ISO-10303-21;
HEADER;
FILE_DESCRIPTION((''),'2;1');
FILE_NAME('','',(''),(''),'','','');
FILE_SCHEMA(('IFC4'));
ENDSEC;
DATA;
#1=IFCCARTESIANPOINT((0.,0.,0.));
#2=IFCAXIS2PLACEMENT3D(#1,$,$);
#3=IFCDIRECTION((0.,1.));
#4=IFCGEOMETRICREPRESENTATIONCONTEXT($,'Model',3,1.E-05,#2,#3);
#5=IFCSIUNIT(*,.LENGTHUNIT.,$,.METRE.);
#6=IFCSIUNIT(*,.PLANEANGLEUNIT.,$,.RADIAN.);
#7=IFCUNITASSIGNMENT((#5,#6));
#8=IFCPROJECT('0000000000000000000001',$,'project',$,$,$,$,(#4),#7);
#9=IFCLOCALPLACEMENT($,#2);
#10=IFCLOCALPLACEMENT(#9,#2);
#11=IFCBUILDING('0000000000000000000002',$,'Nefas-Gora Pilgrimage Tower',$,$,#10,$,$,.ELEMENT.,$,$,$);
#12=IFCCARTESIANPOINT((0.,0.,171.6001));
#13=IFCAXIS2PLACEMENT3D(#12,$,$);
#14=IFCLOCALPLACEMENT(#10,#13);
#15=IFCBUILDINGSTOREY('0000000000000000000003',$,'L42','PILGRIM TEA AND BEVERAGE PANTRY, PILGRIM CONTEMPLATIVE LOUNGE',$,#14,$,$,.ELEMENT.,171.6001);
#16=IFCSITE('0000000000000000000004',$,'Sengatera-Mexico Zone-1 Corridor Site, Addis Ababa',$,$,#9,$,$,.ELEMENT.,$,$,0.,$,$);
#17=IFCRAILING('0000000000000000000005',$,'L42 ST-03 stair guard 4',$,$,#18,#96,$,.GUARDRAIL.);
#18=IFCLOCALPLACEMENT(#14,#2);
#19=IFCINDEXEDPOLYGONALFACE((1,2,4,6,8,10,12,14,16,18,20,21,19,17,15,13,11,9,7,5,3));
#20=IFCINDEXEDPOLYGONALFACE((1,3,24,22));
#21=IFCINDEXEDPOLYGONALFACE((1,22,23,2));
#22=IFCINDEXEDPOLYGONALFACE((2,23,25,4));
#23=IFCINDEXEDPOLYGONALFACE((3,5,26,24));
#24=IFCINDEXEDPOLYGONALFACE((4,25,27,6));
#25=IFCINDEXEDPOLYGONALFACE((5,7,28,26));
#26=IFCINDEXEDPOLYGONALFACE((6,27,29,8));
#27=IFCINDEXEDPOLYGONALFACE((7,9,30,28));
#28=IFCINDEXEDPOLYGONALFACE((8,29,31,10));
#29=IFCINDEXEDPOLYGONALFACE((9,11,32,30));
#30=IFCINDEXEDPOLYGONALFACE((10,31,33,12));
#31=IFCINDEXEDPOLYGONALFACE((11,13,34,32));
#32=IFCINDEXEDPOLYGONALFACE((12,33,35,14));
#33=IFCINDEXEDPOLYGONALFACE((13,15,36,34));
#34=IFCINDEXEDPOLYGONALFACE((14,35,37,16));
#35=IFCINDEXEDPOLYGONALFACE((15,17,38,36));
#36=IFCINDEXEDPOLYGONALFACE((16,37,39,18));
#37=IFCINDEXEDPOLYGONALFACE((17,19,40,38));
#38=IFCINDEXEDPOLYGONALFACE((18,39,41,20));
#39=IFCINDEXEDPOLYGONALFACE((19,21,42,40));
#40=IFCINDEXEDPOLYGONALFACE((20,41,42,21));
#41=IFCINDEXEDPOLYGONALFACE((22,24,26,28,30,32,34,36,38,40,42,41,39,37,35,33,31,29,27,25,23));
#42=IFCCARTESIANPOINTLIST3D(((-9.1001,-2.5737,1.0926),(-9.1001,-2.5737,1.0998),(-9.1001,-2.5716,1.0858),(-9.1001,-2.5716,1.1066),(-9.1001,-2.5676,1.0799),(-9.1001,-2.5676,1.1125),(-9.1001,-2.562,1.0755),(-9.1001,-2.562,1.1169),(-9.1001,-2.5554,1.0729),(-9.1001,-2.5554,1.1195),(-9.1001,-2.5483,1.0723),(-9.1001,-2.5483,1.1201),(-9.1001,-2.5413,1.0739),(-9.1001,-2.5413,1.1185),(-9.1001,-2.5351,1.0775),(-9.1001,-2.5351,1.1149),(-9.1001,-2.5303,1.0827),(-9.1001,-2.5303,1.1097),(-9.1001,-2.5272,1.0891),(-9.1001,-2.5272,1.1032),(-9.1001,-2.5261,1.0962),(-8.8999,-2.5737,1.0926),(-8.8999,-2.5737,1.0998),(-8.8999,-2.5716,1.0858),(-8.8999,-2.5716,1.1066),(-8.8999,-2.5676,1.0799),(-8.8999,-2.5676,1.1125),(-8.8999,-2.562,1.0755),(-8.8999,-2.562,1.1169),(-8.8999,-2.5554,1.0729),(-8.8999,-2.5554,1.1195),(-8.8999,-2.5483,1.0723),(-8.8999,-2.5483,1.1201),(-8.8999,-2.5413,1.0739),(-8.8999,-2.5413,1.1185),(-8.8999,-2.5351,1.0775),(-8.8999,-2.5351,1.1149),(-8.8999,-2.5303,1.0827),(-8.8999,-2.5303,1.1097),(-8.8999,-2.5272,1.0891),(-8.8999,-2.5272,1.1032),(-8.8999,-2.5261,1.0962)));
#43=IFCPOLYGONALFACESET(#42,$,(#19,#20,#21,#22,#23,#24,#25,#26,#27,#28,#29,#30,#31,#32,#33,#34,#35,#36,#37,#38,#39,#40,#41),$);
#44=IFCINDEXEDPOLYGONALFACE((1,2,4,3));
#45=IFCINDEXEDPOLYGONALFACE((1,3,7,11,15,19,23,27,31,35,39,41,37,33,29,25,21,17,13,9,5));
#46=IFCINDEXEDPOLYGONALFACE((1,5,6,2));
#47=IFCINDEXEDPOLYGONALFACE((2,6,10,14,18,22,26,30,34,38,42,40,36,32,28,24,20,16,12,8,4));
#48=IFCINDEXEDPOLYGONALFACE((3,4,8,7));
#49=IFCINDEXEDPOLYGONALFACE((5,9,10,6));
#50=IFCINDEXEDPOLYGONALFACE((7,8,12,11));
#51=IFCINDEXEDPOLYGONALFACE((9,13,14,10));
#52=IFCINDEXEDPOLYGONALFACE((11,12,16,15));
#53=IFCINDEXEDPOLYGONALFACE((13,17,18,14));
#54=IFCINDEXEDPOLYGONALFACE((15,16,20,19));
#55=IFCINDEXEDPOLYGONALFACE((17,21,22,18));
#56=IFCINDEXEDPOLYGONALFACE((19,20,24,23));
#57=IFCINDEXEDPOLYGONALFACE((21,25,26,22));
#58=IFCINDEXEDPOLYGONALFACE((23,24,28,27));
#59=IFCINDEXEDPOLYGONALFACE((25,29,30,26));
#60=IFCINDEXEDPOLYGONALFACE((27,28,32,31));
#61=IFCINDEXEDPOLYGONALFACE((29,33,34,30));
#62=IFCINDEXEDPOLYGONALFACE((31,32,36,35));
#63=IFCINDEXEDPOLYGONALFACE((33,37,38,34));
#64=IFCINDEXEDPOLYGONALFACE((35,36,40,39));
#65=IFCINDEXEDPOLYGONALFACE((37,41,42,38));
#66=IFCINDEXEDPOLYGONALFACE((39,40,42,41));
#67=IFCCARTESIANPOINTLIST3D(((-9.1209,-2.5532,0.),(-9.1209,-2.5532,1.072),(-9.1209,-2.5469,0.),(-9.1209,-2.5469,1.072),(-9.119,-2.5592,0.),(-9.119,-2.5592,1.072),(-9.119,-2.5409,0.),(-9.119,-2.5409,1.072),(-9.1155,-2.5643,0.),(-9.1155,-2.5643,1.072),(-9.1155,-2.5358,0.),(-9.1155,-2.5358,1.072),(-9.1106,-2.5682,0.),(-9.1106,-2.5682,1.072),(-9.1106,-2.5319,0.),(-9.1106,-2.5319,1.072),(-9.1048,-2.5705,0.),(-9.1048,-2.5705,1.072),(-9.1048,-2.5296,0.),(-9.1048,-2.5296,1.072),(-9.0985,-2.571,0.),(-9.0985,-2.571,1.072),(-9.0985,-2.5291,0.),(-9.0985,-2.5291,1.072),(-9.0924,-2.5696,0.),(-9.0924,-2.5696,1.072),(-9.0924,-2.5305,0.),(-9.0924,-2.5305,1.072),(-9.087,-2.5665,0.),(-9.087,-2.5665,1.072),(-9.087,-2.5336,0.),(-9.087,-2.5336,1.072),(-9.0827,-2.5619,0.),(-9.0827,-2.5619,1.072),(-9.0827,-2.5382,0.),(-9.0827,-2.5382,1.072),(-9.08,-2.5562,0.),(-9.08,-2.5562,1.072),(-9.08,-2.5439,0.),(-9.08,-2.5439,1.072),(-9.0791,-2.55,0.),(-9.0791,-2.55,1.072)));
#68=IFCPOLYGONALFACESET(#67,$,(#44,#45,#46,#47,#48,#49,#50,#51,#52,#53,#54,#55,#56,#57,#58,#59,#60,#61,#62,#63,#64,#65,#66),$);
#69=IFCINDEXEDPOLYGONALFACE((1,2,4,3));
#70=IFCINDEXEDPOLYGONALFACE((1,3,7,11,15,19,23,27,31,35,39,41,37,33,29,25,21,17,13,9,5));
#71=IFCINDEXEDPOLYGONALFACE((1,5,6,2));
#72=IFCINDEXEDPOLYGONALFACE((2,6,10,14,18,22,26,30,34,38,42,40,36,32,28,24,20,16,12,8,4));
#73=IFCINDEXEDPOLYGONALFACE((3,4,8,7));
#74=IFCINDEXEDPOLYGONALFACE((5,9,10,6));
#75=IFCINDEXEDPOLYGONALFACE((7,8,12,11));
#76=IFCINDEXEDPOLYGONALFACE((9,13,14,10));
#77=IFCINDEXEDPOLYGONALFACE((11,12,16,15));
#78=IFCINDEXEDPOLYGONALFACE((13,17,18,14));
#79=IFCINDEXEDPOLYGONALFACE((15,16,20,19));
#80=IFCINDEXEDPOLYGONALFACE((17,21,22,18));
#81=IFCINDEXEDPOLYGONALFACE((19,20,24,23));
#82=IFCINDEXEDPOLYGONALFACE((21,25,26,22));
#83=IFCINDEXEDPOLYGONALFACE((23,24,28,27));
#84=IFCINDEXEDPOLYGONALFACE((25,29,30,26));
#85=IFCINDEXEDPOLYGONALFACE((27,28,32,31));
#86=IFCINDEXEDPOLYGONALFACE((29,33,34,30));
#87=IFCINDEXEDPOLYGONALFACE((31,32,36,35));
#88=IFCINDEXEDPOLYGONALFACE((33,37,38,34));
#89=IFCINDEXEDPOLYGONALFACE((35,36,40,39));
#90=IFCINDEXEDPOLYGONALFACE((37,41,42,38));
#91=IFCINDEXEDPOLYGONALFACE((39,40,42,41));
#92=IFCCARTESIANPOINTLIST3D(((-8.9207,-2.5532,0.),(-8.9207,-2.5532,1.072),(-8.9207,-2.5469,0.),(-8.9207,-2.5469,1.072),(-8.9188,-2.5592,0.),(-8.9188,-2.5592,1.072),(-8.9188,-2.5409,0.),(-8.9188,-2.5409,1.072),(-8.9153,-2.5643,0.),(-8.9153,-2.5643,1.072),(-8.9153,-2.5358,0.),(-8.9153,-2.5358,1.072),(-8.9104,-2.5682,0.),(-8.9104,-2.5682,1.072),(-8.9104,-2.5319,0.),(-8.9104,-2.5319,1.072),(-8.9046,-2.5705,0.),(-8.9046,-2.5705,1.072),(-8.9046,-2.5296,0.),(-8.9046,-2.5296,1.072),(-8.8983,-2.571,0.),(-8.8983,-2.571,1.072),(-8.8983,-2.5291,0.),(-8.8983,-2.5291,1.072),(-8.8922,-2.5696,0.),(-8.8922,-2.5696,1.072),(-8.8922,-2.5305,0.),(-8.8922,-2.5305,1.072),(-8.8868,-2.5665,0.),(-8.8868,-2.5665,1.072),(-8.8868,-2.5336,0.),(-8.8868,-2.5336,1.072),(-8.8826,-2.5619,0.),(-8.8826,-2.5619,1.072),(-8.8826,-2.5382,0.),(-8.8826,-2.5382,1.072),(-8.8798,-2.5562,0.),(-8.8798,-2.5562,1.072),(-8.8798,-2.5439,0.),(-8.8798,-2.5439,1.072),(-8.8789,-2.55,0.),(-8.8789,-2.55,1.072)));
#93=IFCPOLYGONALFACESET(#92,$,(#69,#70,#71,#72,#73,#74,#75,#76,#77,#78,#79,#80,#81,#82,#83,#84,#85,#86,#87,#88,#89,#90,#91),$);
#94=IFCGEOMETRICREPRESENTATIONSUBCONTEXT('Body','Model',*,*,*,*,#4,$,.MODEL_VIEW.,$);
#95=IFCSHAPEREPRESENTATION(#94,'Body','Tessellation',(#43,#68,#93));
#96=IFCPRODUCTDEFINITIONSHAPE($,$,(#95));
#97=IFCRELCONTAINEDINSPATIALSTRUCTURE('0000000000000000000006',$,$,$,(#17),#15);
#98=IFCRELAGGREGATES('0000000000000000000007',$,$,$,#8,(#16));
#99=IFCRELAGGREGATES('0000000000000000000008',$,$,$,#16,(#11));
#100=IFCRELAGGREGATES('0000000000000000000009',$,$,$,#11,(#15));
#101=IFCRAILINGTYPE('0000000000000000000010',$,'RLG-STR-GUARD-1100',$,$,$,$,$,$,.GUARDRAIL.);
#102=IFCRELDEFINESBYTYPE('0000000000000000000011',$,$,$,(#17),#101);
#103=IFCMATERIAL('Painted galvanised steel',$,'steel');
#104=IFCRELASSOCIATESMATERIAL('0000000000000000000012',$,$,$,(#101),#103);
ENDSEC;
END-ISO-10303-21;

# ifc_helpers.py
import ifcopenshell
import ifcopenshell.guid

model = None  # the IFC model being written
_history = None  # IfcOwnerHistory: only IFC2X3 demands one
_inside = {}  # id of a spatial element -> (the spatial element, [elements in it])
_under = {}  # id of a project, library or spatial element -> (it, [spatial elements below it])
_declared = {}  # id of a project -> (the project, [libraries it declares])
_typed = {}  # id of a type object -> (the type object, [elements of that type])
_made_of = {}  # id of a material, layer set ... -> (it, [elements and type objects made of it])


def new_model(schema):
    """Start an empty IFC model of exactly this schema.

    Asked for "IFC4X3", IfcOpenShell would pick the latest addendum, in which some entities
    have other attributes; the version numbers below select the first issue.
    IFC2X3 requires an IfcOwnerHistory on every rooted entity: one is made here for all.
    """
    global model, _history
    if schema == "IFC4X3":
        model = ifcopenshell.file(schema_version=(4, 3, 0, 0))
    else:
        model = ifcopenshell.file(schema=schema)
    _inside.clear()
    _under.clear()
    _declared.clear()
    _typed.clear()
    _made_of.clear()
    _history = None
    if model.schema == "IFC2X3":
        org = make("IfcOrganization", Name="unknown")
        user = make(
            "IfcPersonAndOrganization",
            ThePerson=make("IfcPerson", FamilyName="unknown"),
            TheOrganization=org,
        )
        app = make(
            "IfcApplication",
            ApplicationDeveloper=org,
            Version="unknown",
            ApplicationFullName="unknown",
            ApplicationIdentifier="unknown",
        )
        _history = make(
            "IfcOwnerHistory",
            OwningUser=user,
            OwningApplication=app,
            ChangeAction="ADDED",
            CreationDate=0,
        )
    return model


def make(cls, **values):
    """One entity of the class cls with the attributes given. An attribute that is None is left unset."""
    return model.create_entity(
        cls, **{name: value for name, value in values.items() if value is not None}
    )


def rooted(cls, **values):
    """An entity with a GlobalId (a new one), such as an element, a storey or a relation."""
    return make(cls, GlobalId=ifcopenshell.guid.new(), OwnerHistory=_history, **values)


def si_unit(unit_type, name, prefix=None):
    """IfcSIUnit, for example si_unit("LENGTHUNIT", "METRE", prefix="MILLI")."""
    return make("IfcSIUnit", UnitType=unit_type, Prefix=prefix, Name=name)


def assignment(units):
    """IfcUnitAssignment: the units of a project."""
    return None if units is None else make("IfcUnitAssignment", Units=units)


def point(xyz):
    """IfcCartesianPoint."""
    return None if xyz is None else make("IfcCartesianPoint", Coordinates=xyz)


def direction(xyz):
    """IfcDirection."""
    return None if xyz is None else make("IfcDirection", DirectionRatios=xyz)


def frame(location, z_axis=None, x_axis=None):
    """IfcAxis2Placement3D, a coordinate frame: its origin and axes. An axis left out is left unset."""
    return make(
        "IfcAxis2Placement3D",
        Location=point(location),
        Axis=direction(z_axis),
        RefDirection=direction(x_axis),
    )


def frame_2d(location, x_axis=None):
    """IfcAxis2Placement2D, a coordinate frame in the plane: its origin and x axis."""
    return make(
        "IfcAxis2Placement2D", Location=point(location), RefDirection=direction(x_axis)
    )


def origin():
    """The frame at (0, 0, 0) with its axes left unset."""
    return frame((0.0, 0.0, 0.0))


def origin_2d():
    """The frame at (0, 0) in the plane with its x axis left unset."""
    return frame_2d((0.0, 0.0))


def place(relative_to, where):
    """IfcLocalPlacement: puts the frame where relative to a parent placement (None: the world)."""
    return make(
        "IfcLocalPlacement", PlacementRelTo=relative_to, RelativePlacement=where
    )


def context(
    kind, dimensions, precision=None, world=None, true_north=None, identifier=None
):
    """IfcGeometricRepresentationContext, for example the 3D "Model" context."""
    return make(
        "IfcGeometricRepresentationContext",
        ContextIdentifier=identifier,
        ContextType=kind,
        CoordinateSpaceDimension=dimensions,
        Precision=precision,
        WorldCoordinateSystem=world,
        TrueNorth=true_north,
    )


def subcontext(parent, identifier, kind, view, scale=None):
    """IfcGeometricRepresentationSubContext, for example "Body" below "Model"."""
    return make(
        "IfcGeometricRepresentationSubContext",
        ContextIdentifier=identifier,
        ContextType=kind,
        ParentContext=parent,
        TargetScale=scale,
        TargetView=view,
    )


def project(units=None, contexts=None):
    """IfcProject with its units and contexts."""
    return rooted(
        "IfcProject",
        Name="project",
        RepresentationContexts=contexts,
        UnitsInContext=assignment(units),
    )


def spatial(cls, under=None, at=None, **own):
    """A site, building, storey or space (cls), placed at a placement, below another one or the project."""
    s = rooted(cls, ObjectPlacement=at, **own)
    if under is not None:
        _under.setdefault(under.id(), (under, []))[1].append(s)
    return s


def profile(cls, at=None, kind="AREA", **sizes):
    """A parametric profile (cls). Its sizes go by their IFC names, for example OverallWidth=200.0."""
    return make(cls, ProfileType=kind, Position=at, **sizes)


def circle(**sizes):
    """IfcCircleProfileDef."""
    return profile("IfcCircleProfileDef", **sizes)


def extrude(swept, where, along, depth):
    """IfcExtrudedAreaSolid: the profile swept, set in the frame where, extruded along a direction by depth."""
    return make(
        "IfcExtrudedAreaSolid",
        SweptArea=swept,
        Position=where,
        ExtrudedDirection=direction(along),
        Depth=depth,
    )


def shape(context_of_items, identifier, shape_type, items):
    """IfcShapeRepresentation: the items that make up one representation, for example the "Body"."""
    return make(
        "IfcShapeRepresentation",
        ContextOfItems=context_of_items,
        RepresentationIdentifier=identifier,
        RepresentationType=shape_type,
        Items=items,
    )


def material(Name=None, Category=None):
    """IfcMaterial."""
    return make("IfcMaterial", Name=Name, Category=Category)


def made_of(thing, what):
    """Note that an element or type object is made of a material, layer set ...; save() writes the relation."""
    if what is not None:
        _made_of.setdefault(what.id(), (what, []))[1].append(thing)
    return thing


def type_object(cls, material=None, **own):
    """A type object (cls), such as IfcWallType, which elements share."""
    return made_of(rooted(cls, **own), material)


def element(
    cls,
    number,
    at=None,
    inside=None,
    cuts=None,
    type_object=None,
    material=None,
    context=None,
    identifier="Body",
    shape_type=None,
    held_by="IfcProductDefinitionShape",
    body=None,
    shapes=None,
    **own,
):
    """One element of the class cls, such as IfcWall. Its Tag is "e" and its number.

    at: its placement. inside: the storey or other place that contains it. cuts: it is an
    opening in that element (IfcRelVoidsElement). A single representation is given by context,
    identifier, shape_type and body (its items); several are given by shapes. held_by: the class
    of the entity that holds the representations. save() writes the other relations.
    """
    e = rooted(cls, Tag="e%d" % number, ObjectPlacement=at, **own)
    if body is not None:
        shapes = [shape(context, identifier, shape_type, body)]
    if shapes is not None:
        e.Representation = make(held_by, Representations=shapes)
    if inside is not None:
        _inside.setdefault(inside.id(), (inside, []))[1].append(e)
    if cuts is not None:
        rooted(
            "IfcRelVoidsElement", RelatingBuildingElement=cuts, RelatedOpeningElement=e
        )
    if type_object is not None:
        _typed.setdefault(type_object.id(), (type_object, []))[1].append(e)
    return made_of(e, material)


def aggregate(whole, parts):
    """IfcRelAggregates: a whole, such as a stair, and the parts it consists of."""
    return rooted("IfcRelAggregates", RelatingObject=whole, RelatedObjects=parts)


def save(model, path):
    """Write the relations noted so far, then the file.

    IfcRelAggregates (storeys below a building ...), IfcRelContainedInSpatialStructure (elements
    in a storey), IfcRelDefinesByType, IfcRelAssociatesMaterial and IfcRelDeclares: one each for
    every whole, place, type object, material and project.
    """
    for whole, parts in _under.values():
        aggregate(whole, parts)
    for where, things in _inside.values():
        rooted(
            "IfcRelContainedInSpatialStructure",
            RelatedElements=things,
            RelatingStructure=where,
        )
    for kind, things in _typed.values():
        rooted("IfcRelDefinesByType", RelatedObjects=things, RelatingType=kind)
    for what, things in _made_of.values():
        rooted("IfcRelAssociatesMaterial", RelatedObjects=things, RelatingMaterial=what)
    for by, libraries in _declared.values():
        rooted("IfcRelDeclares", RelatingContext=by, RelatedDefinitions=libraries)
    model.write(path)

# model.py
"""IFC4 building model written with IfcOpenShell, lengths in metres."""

from ifc_helpers import new_model, si_unit, direction, frame, origin, origin_2d, place, context, subcontext, project, spatial, circle, extrude, material, type_object, element, save


model = new_model("IFC4")

# Units and contexts
model_context = context("Model", 3, precision=1e-05, world=origin(), true_north=direction((0.0, 1.0)))
body_context = subcontext(model_context, "Body", "Model", "MODEL_VIEW")
ifc_project = project(units=[si_unit("LENGTHUNIT", "METRE"), si_unit("PLANEANGLEUNIT", "RADIAN")], contexts=[model_context])

# Site, building, storey
site_placement = place(None, origin())
site = spatial("IfcSite", under=ifc_project, at=site_placement, Name="Sengatera-Mexico Zone-1 Corridor Site, Addis Ababa", CompositionType="ELEMENT", RefElevation=0.0)
building_placement = place(site_placement, origin())
building = spatial("IfcBuilding", under=site, at=building_placement, Name="Nefas-Gora Pilgrimage Tower", CompositionType="ELEMENT")
storey_placement = place(building_placement, frame((0.0, 0.0, 171.6001)))
storey = spatial("IfcBuildingStorey", under=building, at=storey_placement, Name="L42", Description="PILGRIM TEA AND BEVERAGE PANTRY, PILGRIM CONTEMPLATIVE LOUNGE", CompositionType="ELEMENT", Elevation=171.6001)

# Railing
ifc_material_1 = material(Name="Painted galvanised steel", Category="steel")
railing_type_1 = type_object("IfcRailingType", Name="RLG-STR-GUARD-1100", PredefinedType="GUARDRAIL", material=ifc_material_1)
railing_1_placement = place(storey_placement, frame((-9.1001, -2.55, 0.0)))
element("IfcRailing", 1, at=railing_1_placement, inside=storey, type_object=railing_type_1, Name="L42 ST-03 stair guard 4", PredefinedType="GUARDRAIL", context=body_context, shape_type="SweptSolid", body=[
    extrude(circle(Radius=0.0239, at=origin_2d()), frame((0.0, 0.0, 1.0962), z_axis=(1.0, 0.0, 0.0), x_axis=(0.0, 1.0, 0.0)), (0.0, 0.0, 1.0), 0.2002),
    extrude(circle(Radius=0.021, at=origin_2d()), origin(), (0.0, 0.0, 1.0), 1.072),
    extrude(circle(Radius=0.021, at=origin_2d()), frame((0.2002, 0.0, 0.0)), (0.0, 0.0, 1.0), 1.072),
])

save(model, "model.ifc")
